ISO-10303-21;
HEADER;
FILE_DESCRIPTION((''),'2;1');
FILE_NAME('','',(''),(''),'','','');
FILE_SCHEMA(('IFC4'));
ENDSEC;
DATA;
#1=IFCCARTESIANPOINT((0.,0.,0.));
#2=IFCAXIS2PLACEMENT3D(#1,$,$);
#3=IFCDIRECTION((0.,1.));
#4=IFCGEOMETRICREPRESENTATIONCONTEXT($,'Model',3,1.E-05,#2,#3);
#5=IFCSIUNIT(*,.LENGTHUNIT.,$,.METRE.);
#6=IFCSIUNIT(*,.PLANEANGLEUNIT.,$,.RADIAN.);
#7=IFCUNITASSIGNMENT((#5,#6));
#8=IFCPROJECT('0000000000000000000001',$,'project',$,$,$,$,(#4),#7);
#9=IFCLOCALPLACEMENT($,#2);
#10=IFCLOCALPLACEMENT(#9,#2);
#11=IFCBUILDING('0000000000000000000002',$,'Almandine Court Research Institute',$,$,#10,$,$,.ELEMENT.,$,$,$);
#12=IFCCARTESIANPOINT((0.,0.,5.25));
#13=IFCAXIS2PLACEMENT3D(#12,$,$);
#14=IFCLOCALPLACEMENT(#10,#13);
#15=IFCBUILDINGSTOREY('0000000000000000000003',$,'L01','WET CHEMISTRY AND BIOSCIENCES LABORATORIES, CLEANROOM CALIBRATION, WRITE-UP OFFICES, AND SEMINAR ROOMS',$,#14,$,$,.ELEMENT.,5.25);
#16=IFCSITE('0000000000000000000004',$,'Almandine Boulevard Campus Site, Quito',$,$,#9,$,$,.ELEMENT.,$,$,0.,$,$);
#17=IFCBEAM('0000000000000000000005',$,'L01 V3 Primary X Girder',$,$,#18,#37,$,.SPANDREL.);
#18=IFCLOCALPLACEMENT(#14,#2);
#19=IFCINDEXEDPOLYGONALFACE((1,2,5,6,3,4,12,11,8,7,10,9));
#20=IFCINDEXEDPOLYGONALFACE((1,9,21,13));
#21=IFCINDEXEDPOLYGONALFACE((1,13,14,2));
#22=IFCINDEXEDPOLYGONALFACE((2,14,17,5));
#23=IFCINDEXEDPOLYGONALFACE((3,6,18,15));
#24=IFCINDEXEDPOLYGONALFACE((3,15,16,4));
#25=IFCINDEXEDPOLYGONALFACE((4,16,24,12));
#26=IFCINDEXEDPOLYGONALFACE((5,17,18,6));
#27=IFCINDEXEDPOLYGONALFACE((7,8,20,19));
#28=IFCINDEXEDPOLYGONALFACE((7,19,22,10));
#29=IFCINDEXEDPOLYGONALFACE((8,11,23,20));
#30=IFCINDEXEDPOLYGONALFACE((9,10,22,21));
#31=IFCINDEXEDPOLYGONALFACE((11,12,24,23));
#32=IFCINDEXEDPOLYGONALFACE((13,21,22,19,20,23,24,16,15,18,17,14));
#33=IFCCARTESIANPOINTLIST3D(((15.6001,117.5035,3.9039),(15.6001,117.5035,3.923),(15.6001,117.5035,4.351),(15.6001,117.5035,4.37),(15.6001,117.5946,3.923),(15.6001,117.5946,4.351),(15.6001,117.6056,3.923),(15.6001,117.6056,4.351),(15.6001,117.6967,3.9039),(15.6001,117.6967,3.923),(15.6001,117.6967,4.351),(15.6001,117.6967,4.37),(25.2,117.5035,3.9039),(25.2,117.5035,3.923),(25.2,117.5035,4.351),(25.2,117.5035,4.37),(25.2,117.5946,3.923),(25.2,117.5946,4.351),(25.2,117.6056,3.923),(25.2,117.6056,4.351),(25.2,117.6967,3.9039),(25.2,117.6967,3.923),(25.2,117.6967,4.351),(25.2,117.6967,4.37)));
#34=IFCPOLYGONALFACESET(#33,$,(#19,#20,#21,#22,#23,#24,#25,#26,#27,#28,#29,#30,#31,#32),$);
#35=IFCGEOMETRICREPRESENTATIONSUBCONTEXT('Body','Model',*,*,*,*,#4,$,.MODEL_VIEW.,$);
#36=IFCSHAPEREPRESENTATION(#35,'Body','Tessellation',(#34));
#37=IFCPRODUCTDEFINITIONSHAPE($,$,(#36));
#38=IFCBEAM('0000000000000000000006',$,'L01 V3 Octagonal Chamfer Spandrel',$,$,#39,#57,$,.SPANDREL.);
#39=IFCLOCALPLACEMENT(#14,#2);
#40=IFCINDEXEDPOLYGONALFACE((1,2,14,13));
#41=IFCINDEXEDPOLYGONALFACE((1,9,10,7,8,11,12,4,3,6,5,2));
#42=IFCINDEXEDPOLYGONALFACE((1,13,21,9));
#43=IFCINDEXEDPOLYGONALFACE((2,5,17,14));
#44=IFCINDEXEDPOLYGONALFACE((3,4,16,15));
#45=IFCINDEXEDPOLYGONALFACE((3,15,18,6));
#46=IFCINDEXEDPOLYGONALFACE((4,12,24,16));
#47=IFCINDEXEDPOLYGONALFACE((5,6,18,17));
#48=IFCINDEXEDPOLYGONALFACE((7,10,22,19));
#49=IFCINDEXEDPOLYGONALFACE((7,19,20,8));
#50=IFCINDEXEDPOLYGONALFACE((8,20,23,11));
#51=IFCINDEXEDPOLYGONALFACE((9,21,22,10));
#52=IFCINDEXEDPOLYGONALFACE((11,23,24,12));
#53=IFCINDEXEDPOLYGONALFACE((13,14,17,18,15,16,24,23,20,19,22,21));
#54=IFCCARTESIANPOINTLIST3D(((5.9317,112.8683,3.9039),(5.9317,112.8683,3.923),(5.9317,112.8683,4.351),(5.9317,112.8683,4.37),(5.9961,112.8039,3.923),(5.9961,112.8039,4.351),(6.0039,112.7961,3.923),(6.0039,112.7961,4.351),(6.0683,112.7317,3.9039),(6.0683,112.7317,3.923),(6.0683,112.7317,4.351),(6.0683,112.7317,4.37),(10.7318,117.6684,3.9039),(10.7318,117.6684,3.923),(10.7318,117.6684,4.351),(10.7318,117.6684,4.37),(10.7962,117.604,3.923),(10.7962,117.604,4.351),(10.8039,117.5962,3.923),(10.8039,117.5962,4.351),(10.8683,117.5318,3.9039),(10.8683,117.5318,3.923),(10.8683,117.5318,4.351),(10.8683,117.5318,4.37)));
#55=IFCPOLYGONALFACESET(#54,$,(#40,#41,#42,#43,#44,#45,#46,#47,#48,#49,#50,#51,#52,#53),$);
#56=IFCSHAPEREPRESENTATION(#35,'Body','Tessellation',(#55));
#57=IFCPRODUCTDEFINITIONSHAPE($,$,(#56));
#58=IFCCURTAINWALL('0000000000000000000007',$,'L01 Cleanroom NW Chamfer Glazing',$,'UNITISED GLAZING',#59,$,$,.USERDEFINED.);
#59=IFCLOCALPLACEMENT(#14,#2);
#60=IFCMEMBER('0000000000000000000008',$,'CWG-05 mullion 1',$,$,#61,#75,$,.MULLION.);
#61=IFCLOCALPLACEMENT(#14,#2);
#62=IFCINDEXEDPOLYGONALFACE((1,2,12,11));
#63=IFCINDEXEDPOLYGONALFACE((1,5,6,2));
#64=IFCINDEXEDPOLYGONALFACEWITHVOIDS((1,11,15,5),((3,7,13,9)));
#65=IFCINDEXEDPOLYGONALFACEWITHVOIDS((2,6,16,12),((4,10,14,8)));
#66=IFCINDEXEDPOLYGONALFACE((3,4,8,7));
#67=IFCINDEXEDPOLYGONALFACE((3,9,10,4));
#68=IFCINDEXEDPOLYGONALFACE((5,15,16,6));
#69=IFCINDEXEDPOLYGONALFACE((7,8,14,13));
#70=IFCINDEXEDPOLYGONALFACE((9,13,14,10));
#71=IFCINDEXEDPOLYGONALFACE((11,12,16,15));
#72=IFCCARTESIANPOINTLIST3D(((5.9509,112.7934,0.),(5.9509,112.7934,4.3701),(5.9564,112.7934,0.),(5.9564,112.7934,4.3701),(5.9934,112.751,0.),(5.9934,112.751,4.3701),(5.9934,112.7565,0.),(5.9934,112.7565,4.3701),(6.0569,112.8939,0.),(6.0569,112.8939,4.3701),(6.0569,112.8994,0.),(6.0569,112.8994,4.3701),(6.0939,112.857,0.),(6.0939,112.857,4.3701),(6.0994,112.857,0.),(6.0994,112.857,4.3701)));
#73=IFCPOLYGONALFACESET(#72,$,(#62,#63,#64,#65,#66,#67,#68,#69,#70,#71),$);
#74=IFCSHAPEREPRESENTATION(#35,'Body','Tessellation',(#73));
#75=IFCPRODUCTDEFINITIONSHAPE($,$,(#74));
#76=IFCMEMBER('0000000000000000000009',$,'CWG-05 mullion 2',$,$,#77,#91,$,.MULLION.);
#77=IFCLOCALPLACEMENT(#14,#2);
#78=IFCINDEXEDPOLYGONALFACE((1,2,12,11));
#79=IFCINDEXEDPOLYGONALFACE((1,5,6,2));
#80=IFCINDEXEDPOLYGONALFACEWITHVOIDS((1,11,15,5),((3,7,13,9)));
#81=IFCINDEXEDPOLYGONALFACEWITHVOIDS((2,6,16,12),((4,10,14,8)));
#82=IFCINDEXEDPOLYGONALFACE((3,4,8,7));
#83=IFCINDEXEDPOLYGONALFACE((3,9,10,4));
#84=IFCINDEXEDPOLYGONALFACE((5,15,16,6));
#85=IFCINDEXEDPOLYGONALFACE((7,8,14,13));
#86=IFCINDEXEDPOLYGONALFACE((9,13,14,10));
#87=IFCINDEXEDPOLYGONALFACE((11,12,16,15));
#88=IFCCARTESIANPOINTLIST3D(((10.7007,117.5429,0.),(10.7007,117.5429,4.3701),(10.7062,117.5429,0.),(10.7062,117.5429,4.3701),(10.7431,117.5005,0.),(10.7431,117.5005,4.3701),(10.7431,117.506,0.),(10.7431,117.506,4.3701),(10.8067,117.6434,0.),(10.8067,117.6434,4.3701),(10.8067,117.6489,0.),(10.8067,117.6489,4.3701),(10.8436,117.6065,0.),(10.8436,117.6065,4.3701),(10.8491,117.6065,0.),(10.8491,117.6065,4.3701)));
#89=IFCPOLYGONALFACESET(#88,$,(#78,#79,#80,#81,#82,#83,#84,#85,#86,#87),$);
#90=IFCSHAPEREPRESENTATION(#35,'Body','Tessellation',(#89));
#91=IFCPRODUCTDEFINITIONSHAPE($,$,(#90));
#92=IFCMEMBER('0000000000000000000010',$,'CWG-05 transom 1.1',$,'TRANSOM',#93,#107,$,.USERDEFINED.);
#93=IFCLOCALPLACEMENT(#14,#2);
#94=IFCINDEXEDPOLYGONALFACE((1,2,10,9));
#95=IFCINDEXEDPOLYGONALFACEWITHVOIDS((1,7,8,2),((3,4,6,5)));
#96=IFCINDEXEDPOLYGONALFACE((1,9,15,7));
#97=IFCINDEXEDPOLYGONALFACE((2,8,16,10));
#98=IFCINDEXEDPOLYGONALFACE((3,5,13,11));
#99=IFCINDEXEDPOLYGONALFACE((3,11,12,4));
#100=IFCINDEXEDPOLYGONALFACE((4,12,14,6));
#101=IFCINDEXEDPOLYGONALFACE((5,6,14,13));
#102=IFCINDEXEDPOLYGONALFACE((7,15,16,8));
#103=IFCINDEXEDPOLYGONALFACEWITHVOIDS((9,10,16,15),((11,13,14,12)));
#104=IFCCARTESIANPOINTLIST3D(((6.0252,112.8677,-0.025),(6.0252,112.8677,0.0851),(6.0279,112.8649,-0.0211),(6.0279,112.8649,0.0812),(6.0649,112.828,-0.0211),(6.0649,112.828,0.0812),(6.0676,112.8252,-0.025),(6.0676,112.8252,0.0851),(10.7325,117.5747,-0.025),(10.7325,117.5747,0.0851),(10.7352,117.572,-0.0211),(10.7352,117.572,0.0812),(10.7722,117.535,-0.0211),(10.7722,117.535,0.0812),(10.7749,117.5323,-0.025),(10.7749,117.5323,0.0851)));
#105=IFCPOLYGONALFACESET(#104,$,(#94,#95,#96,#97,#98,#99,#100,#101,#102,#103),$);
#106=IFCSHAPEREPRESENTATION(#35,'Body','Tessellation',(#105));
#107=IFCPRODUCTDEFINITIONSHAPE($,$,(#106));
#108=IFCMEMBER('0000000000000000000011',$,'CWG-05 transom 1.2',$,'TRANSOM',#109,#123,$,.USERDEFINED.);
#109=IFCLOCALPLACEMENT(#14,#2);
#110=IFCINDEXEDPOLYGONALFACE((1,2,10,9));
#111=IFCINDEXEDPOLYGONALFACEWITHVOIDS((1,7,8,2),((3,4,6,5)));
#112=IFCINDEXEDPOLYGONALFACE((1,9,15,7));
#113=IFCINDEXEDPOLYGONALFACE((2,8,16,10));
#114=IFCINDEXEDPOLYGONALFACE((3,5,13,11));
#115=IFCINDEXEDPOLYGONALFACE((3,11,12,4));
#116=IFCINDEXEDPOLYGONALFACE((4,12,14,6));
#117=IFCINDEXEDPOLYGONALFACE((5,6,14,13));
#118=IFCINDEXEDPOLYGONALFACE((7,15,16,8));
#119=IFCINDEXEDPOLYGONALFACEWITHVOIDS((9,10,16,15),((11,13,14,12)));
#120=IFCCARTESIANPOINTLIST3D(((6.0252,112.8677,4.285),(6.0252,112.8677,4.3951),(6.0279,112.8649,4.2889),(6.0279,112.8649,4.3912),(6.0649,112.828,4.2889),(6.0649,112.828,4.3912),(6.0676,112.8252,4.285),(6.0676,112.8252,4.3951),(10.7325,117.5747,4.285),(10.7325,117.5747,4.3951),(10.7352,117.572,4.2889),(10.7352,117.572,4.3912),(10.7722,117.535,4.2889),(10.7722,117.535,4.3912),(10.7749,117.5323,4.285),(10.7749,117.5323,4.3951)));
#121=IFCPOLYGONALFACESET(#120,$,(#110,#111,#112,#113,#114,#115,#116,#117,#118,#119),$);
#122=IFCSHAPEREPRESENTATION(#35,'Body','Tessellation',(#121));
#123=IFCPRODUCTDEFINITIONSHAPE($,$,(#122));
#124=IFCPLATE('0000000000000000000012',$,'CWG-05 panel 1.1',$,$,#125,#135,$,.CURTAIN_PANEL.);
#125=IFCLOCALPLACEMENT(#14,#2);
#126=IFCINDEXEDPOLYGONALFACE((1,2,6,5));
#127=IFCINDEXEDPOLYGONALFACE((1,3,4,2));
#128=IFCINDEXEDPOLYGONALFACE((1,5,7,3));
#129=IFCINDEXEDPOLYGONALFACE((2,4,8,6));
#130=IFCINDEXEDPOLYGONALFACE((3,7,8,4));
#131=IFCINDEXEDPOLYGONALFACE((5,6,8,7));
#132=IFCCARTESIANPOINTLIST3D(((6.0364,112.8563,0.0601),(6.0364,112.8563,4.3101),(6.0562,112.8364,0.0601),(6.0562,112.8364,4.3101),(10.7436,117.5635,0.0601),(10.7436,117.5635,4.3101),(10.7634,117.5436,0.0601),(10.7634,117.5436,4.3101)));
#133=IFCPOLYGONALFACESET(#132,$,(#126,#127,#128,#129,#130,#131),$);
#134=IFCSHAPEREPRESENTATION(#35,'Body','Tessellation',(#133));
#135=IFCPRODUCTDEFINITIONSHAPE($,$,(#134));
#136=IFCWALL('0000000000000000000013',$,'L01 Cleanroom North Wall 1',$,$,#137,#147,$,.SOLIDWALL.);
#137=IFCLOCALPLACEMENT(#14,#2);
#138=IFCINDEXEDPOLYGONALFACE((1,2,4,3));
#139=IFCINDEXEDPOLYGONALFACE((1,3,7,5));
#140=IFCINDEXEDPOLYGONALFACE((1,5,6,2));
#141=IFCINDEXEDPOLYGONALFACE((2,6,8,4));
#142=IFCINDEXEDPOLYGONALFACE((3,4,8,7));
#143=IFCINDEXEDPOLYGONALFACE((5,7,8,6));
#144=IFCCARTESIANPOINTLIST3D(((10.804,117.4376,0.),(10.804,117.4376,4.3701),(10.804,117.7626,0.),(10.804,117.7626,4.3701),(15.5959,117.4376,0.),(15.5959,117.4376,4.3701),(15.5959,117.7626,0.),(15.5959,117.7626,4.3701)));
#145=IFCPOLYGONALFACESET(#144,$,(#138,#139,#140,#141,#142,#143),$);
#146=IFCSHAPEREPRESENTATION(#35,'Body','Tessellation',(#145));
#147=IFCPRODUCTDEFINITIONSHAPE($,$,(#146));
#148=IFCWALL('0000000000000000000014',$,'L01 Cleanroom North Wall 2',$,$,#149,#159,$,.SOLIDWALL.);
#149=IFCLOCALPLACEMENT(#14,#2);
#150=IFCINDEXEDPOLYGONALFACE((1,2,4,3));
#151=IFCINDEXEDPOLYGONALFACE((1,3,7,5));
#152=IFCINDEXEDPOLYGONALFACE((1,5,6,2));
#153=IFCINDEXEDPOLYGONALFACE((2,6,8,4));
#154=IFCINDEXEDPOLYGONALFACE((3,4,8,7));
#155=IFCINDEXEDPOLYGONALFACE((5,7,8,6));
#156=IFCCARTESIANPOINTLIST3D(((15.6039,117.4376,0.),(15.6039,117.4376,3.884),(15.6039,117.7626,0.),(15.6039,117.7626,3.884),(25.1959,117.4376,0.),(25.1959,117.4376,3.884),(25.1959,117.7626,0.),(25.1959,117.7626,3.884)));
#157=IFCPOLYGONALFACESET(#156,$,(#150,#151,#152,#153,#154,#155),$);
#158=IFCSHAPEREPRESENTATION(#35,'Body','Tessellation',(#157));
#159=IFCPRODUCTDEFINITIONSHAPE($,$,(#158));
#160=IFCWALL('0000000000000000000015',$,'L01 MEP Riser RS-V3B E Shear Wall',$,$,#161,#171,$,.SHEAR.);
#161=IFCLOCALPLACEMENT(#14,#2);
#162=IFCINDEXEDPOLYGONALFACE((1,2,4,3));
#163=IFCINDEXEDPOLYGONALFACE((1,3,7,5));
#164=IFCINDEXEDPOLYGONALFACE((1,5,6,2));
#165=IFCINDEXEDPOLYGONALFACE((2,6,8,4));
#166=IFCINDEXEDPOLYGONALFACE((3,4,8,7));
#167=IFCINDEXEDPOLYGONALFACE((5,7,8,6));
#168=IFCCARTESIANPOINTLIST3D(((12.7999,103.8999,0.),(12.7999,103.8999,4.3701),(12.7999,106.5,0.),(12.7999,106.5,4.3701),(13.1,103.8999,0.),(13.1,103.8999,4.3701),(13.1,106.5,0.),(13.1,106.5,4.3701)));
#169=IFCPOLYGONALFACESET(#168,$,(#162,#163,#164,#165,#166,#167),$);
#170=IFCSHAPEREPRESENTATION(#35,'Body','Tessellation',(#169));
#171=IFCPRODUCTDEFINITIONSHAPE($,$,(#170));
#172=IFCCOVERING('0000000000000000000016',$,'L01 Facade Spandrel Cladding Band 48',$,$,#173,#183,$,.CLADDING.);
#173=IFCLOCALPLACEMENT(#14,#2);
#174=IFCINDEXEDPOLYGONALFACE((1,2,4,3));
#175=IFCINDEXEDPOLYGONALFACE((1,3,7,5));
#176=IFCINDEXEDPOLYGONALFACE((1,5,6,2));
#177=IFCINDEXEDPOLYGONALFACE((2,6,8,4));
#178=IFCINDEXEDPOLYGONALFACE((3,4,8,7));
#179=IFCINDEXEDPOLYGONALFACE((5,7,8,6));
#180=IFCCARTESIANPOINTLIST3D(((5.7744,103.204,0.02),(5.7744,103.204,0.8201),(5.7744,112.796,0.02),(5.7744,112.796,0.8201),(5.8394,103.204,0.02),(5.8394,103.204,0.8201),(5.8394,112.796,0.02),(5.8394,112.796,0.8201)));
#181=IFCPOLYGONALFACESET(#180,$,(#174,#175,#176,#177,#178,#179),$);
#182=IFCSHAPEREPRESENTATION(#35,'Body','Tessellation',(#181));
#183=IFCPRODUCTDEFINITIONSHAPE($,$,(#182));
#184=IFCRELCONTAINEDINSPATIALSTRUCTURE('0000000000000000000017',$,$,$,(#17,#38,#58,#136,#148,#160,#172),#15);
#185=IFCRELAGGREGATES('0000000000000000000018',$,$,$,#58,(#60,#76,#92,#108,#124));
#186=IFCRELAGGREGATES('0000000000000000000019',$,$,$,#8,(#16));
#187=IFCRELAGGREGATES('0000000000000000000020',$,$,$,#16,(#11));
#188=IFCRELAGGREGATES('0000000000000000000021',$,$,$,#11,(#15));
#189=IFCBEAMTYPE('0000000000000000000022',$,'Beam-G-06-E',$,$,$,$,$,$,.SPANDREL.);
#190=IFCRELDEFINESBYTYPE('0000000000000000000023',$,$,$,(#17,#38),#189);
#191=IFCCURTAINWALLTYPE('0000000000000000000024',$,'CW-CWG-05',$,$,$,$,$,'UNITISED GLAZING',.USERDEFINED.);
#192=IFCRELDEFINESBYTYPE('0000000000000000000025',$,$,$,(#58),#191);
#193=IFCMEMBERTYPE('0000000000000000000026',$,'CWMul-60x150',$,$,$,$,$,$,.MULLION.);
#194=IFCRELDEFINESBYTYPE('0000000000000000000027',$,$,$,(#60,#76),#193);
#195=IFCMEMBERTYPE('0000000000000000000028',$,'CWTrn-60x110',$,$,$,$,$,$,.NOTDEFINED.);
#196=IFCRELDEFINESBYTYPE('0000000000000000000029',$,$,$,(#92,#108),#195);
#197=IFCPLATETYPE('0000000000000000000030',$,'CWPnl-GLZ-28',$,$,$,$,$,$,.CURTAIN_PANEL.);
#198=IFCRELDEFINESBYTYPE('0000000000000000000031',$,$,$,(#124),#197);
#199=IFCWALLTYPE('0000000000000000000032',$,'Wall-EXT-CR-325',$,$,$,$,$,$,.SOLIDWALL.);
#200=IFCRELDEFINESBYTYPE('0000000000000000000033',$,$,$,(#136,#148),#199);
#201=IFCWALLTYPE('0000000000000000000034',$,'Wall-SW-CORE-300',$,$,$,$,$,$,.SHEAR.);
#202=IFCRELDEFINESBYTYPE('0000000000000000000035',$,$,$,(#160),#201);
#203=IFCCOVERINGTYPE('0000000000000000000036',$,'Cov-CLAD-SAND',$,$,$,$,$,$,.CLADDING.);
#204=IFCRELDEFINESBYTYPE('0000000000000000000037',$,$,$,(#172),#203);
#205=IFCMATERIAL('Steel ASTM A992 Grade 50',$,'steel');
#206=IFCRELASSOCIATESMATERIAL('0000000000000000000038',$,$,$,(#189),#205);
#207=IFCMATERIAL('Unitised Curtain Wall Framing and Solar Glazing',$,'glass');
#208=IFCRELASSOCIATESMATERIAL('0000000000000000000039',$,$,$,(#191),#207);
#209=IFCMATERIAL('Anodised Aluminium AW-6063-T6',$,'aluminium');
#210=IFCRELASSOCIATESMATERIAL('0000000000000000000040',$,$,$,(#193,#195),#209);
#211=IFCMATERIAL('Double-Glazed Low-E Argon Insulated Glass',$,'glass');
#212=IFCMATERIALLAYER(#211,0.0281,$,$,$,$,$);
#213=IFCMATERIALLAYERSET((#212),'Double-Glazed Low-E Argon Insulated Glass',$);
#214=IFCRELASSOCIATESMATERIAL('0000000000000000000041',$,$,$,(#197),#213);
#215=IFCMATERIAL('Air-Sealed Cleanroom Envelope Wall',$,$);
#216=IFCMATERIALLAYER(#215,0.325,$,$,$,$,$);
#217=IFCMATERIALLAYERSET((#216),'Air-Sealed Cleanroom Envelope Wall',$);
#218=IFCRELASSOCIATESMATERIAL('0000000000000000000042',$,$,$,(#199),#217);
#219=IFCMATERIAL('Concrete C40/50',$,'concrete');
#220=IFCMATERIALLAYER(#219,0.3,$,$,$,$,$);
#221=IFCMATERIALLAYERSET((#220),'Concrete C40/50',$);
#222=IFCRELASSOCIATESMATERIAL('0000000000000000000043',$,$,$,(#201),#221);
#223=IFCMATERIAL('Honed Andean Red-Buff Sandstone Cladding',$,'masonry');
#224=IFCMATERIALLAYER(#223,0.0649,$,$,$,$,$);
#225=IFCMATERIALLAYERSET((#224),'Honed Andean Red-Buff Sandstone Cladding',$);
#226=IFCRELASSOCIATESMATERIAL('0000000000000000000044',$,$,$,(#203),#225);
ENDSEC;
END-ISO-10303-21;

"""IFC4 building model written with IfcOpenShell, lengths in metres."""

from ifc_helpers import new_model, si_unit, direction, frame, frame_2d, origin, origin_2d, place, context, subcontext, project, spatial, rectangle, hollow_rectangle, i_section, extrude, material, layer, layer_set, material_profile, profile_set, type_object, element, aggregate, save


model = new_model("IFC4")

# Units and contexts
model_context = context("Model", 3, precision=1e-05, world=origin(), true_north=direction((0.0, 1.0)))
body_context = subcontext(model_context, "Body", "Model", "MODEL_VIEW")
ifc_project = project(units=[si_unit("LENGTHUNIT", "METRE"), si_unit("PLANEANGLEUNIT", "RADIAN")], contexts=[model_context])

# Site, building, storey
site_placement = place(None, origin())
site = spatial("IfcSite", under=ifc_project, at=site_placement, Name="Almandine Boulevard Campus Site, Quito", CompositionType="ELEMENT", RefElevation=0.0)
building_placement = place(site_placement, origin())
building = spatial("IfcBuilding", under=site, at=building_placement, Name="Almandine Court Research Institute", CompositionType="ELEMENT")
storey_placement = place(building_placement, frame((0.0, 0.0, 5.25)))
storey = spatial("IfcBuildingStorey", under=building, at=storey_placement, Name="L01", Description="WET CHEMISTRY AND BIOSCIENCES LABORATORIES, CLEANROOM CALIBRATION, WRITE-UP OFFICES, AND SEMINAR ROOMS", CompositionType="ELEMENT", Elevation=5.25)

# Shared definitions
ifc_material_1 = material(Name="Steel ASTM A992 Grade 50", Category="steel")

# Beams
ifc_material_profile_1 = material_profile(ifc_material_1, i_section(OverallWidth=0.1931, OverallDepth=0.4661, WebThickness=0.011, FlangeThickness=0.019, at=origin_2d()), Name="W460x97")
ifc_profile_set_1 = profile_set([ifc_material_profile_1], Name="Steel ASTM A992 Grade 50")
beam_type_1 = type_object("IfcBeamType", Name="Beam-G-06-E", PredefinedType="SPANDREL", material=ifc_profile_set_1)
beam_1_placement = place(storey_placement, frame((15.6001, 117.6001, 4.137), z_axis=(1.0, 0.0, 0.0), x_axis=(0.0, 1.0, 0.0)))
element("IfcBeam", 1, at=beam_1_placement, inside=storey, type_object=beam_type_1, Name="L01 V3 Primary X Girder", PredefinedType="SPANDREL", context=body_context, shape_type="SweptSolid", body=[
    extrude(i_section(OverallWidth=0.1931, OverallDepth=0.4661, WebThickness=0.011, FlangeThickness=0.019, at=origin_2d()), origin(), (0.0, 0.0, 1.0), 9.5999),
])
beam_2_placement = place(storey_placement, frame((10.8, 117.6001, 4.137), z_axis=(-0.707107, -0.707107, 0.0), x_axis=(0.707107, -0.707107, 0.0)))
element("IfcBeam", 2, at=beam_2_placement, inside=storey, type_object=beam_type_1, Name="L01 V3 Octagonal Chamfer Spandrel", PredefinedType="SPANDREL", context=body_context, shape_type="SweptSolid", body=[
    extrude(i_section(OverallWidth=0.1931, OverallDepth=0.4661, WebThickness=0.011, FlangeThickness=0.019, at=origin_2d()), origin(), (0.0, 0.0, 1.0), 6.7883),
])

# Curtain wall, members, plate
ifc_material_2 = material(Name="Unitised Curtain Wall Framing and Solar Glazing", Category="glass")
curtain_wall_type = type_object("IfcCurtainWallType", Name="CW-CWG-05", ElementType="UNITISED GLAZING", PredefinedType="USERDEFINED", material=ifc_material_2)
curtain_wall_placement = place(storey_placement, origin())
curtain_wall = element("IfcCurtainWall", 3, at=curtain_wall_placement, inside=storey, type_object=curtain_wall_type, Name="L01 Cleanroom NW Chamfer Glazing", ObjectType="UNITISED GLAZING", PredefinedType="USERDEFINED")
ifc_material_3 = material(Name="Anodised Aluminium AW-6063-T6", Category="aluminium")
ifc_material_profile_2 = material_profile(ifc_material_3, hollow_rectangle(XDim=0.0601, YDim=0.1499, WallThickness=0.0039, at=origin_2d()), Name="ALU RHS 60x150x4")
ifc_profile_set_2 = profile_set([ifc_material_profile_2], Name="Anodised Aluminium AW-6063-T6")
member_type_1 = type_object("IfcMemberType", Name="CWMul-60x150", PredefinedType="MULLION", material=ifc_profile_set_2)
member_1_placement = place(storey_placement, frame((6.0251, 112.8252, 0.0), z_axis=(0.0, 0.0, 1.0), x_axis=(-0.707107, 0.707107, 0.0)))
member_1 = element("IfcMember", 4, at=member_1_placement, type_object=member_type_1, Name="CWG-05 mullion 1", PredefinedType="MULLION", context=body_context, shape_type="SweptSolid", body=[
    extrude(hollow_rectangle(XDim=0.0601, YDim=0.1499, WallThickness=0.0039, at=origin_2d()), origin(), (0.0, 0.0, 1.0), 4.3701),
])
member_2_placement = place(storey_placement, frame((10.7749, 117.5747, 0.0), z_axis=(0.0, 0.0, 1.0), x_axis=(-0.707107, 0.707107, 0.0)))
member_2 = element("IfcMember", 5, at=member_2_placement, type_object=member_type_1, Name="CWG-05 mullion 2", PredefinedType="MULLION", context=body_context, shape_type="SweptSolid", body=[
    extrude(hollow_rectangle(XDim=0.0601, YDim=0.1499, WallThickness=0.0039, at=origin_2d()), origin(), (0.0, 0.0, 1.0), 4.3701),
])
ifc_material_profile_3 = material_profile(ifc_material_3, hollow_rectangle(XDim=0.0601, YDim=0.1101, WallThickness=0.0039, at=origin_2d()), Name="ALU RHS 60x110x4")
ifc_profile_set_3 = profile_set([ifc_material_profile_3], Name="Anodised Aluminium AW-6063-T6")
member_type_2 = type_object("IfcMemberType", Name="CWTrn-60x110", PredefinedType="NOTDEFINED", material=ifc_profile_set_3)
member_3_placement = place(storey_placement, frame((6.0464, 112.8464, 0.03), z_axis=(0.707125, 0.707088, 0.0), x_axis=(-0.707088, 0.707125, 0.0)))
member_3 = element("IfcMember", 6, at=member_3_placement, type_object=member_type_2, Name="CWG-05 transom 1.1", ObjectType="TRANSOM", PredefinedType="USERDEFINED", context=body_context, shape_type="SweptSolid", body=[
    extrude(hollow_rectangle(XDim=0.0601, YDim=0.1101, WallThickness=0.0039, at=origin_2d()), origin(), (0.0, 0.0, 1.0), 6.657),
])
member_4_placement = place(storey_placement, frame((6.0464, 112.8464, 4.3401), z_axis=(0.707125, 0.707088, 0.0), x_axis=(-0.707088, 0.707125, 0.0)))
member_4 = element("IfcMember", 7, at=member_4_placement, type_object=member_type_2, Name="CWG-05 transom 1.2", ObjectType="TRANSOM", PredefinedType="USERDEFINED", context=body_context, shape_type="SweptSolid", body=[
    extrude(hollow_rectangle(XDim=0.0601, YDim=0.1101, WallThickness=0.0039, at=origin_2d()), origin(), (0.0, 0.0, 1.0), 6.657),
])
ifc_material_4 = material(Name="Double-Glazed Low-E Argon Insulated Glass", Category="glass")
ifc_layer_1 = layer(ifc_material_4, 0.0281)
ifc_layer_set_1 = layer_set([ifc_layer_1], Name="Double-Glazed Low-E Argon Insulated Glass")
plate_type = type_object("IfcPlateType", Name="CWPnl-GLZ-28", PredefinedType="CURTAIN_PANEL", material=ifc_layer_set_1)
plate_placement = place(storey_placement, frame((8.3999, 115.2, 0.0601), z_axis=(0.0, 0.0, 1.0), x_axis=(0.707107, 0.707107, 0.0)))
plate = element("IfcPlate", 8, at=plate_placement, type_object=plate_type, Name="CWG-05 panel 1.1", PredefinedType="CURTAIN_PANEL", context=body_context, shape_type="SweptSolid", body=[
    extrude(rectangle(XDim=6.657, YDim=0.0281, at=origin_2d()), origin(), (0.0, 0.0, 1.0), 4.25),
])
aggregate(curtain_wall, [member_1, member_2, member_3, member_4, plate])

# Walls
ifc_material_5 = material(Name="Air-Sealed Cleanroom Envelope Wall")
ifc_layer_2 = layer(ifc_material_5, 0.325)
ifc_layer_set_2 = layer_set([ifc_layer_2], Name="Air-Sealed Cleanroom Envelope Wall")
wall_type_1 = type_object("IfcWallType", Name="Wall-EXT-CR-325", PredefinedType="SOLIDWALL", material=ifc_layer_set_2)
wall_1_placement = place(storey_placement, frame((10.804, 117.6001, 0.0), z_axis=(0.0, 0.0, 1.0), x_axis=(1.0, 0.0, 0.0)))
element("IfcWall", 9, at=wall_1_placement, inside=storey, type_object=wall_type_1, Name="L01 Cleanroom North Wall 1", PredefinedType="SOLIDWALL", context=body_context, shape_type="SweptSolid", body=[
    extrude(rectangle(XDim=4.792, YDim=0.325, at=frame_2d((2.396, 0.0))), origin(), (0.0, 0.0, 1.0), 4.3701),
])
wall_2_placement = place(storey_placement, frame((15.604, 117.6001, 0.0), z_axis=(0.0, 0.0, 1.0), x_axis=(1.0, 0.0, 0.0)))
element("IfcWall", 10, at=wall_2_placement, inside=storey, type_object=wall_type_1, Name="L01 Cleanroom North Wall 2", PredefinedType="SOLIDWALL", context=body_context, shape_type="SweptSolid", body=[
    extrude(rectangle(XDim=9.592, YDim=0.325, at=frame_2d((4.7959, 0.0))), origin(), (0.0, 0.0, 1.0), 3.884),
])
ifc_material_6 = material(Name="Concrete C40/50", Category="concrete")
ifc_layer_3 = layer(ifc_material_6, 0.3)
ifc_layer_set_3 = layer_set([ifc_layer_3], Name="Concrete C40/50")
wall_type_2 = type_object("IfcWallType", Name="Wall-SW-CORE-300", PredefinedType="SHEAR", material=ifc_layer_set_3)
wall_3_placement = place(storey_placement, frame((12.95, 106.5, 0.0), z_axis=(0.0, 0.0, 1.0), x_axis=(0.0, -1.0, 0.0)))
element("IfcWall", 11, at=wall_3_placement, inside=storey, type_object=wall_type_2, Name="L01 MEP Riser RS-V3B E Shear Wall", PredefinedType="SHEAR", context=body_context, shape_type="SweptSolid", body=[
    extrude(rectangle(XDim=2.6001, YDim=0.3, at=frame_2d((1.3, 0.0))), origin(), (0.0, 0.0, 1.0), 4.3701),
])

# Covering
ifc_material_7 = material(Name="Honed Andean Red-Buff Sandstone Cladding", Category="masonry")
ifc_layer_4 = layer(ifc_material_7, 0.0649)
ifc_layer_set_4 = layer_set([ifc_layer_4], Name="Honed Andean Red-Buff Sandstone Cladding")
covering_type = type_object("IfcCoveringType", Name="Cov-CLAD-SAND", PredefinedType="CLADDING", material=ifc_layer_set_4)
covering_1_placement = place(storey_placement, frame((5.8069, 108.0, 0.02), z_axis=(0.0, 0.0, 1.0), x_axis=(0.0, 1.0, 0.0)))
element("IfcCovering", 12, at=covering_1_placement, inside=storey, type_object=covering_type, Name="L01 Facade Spandrel Cladding Band 48", PredefinedType="CLADDING", context=body_context, shape_type="SweptSolid", body=[
    extrude(rectangle(XDim=9.592, YDim=0.0649, at=origin_2d()), origin(), (0.0, 0.0, 1.0), 0.8),
])

save(model, "model.ifc")
